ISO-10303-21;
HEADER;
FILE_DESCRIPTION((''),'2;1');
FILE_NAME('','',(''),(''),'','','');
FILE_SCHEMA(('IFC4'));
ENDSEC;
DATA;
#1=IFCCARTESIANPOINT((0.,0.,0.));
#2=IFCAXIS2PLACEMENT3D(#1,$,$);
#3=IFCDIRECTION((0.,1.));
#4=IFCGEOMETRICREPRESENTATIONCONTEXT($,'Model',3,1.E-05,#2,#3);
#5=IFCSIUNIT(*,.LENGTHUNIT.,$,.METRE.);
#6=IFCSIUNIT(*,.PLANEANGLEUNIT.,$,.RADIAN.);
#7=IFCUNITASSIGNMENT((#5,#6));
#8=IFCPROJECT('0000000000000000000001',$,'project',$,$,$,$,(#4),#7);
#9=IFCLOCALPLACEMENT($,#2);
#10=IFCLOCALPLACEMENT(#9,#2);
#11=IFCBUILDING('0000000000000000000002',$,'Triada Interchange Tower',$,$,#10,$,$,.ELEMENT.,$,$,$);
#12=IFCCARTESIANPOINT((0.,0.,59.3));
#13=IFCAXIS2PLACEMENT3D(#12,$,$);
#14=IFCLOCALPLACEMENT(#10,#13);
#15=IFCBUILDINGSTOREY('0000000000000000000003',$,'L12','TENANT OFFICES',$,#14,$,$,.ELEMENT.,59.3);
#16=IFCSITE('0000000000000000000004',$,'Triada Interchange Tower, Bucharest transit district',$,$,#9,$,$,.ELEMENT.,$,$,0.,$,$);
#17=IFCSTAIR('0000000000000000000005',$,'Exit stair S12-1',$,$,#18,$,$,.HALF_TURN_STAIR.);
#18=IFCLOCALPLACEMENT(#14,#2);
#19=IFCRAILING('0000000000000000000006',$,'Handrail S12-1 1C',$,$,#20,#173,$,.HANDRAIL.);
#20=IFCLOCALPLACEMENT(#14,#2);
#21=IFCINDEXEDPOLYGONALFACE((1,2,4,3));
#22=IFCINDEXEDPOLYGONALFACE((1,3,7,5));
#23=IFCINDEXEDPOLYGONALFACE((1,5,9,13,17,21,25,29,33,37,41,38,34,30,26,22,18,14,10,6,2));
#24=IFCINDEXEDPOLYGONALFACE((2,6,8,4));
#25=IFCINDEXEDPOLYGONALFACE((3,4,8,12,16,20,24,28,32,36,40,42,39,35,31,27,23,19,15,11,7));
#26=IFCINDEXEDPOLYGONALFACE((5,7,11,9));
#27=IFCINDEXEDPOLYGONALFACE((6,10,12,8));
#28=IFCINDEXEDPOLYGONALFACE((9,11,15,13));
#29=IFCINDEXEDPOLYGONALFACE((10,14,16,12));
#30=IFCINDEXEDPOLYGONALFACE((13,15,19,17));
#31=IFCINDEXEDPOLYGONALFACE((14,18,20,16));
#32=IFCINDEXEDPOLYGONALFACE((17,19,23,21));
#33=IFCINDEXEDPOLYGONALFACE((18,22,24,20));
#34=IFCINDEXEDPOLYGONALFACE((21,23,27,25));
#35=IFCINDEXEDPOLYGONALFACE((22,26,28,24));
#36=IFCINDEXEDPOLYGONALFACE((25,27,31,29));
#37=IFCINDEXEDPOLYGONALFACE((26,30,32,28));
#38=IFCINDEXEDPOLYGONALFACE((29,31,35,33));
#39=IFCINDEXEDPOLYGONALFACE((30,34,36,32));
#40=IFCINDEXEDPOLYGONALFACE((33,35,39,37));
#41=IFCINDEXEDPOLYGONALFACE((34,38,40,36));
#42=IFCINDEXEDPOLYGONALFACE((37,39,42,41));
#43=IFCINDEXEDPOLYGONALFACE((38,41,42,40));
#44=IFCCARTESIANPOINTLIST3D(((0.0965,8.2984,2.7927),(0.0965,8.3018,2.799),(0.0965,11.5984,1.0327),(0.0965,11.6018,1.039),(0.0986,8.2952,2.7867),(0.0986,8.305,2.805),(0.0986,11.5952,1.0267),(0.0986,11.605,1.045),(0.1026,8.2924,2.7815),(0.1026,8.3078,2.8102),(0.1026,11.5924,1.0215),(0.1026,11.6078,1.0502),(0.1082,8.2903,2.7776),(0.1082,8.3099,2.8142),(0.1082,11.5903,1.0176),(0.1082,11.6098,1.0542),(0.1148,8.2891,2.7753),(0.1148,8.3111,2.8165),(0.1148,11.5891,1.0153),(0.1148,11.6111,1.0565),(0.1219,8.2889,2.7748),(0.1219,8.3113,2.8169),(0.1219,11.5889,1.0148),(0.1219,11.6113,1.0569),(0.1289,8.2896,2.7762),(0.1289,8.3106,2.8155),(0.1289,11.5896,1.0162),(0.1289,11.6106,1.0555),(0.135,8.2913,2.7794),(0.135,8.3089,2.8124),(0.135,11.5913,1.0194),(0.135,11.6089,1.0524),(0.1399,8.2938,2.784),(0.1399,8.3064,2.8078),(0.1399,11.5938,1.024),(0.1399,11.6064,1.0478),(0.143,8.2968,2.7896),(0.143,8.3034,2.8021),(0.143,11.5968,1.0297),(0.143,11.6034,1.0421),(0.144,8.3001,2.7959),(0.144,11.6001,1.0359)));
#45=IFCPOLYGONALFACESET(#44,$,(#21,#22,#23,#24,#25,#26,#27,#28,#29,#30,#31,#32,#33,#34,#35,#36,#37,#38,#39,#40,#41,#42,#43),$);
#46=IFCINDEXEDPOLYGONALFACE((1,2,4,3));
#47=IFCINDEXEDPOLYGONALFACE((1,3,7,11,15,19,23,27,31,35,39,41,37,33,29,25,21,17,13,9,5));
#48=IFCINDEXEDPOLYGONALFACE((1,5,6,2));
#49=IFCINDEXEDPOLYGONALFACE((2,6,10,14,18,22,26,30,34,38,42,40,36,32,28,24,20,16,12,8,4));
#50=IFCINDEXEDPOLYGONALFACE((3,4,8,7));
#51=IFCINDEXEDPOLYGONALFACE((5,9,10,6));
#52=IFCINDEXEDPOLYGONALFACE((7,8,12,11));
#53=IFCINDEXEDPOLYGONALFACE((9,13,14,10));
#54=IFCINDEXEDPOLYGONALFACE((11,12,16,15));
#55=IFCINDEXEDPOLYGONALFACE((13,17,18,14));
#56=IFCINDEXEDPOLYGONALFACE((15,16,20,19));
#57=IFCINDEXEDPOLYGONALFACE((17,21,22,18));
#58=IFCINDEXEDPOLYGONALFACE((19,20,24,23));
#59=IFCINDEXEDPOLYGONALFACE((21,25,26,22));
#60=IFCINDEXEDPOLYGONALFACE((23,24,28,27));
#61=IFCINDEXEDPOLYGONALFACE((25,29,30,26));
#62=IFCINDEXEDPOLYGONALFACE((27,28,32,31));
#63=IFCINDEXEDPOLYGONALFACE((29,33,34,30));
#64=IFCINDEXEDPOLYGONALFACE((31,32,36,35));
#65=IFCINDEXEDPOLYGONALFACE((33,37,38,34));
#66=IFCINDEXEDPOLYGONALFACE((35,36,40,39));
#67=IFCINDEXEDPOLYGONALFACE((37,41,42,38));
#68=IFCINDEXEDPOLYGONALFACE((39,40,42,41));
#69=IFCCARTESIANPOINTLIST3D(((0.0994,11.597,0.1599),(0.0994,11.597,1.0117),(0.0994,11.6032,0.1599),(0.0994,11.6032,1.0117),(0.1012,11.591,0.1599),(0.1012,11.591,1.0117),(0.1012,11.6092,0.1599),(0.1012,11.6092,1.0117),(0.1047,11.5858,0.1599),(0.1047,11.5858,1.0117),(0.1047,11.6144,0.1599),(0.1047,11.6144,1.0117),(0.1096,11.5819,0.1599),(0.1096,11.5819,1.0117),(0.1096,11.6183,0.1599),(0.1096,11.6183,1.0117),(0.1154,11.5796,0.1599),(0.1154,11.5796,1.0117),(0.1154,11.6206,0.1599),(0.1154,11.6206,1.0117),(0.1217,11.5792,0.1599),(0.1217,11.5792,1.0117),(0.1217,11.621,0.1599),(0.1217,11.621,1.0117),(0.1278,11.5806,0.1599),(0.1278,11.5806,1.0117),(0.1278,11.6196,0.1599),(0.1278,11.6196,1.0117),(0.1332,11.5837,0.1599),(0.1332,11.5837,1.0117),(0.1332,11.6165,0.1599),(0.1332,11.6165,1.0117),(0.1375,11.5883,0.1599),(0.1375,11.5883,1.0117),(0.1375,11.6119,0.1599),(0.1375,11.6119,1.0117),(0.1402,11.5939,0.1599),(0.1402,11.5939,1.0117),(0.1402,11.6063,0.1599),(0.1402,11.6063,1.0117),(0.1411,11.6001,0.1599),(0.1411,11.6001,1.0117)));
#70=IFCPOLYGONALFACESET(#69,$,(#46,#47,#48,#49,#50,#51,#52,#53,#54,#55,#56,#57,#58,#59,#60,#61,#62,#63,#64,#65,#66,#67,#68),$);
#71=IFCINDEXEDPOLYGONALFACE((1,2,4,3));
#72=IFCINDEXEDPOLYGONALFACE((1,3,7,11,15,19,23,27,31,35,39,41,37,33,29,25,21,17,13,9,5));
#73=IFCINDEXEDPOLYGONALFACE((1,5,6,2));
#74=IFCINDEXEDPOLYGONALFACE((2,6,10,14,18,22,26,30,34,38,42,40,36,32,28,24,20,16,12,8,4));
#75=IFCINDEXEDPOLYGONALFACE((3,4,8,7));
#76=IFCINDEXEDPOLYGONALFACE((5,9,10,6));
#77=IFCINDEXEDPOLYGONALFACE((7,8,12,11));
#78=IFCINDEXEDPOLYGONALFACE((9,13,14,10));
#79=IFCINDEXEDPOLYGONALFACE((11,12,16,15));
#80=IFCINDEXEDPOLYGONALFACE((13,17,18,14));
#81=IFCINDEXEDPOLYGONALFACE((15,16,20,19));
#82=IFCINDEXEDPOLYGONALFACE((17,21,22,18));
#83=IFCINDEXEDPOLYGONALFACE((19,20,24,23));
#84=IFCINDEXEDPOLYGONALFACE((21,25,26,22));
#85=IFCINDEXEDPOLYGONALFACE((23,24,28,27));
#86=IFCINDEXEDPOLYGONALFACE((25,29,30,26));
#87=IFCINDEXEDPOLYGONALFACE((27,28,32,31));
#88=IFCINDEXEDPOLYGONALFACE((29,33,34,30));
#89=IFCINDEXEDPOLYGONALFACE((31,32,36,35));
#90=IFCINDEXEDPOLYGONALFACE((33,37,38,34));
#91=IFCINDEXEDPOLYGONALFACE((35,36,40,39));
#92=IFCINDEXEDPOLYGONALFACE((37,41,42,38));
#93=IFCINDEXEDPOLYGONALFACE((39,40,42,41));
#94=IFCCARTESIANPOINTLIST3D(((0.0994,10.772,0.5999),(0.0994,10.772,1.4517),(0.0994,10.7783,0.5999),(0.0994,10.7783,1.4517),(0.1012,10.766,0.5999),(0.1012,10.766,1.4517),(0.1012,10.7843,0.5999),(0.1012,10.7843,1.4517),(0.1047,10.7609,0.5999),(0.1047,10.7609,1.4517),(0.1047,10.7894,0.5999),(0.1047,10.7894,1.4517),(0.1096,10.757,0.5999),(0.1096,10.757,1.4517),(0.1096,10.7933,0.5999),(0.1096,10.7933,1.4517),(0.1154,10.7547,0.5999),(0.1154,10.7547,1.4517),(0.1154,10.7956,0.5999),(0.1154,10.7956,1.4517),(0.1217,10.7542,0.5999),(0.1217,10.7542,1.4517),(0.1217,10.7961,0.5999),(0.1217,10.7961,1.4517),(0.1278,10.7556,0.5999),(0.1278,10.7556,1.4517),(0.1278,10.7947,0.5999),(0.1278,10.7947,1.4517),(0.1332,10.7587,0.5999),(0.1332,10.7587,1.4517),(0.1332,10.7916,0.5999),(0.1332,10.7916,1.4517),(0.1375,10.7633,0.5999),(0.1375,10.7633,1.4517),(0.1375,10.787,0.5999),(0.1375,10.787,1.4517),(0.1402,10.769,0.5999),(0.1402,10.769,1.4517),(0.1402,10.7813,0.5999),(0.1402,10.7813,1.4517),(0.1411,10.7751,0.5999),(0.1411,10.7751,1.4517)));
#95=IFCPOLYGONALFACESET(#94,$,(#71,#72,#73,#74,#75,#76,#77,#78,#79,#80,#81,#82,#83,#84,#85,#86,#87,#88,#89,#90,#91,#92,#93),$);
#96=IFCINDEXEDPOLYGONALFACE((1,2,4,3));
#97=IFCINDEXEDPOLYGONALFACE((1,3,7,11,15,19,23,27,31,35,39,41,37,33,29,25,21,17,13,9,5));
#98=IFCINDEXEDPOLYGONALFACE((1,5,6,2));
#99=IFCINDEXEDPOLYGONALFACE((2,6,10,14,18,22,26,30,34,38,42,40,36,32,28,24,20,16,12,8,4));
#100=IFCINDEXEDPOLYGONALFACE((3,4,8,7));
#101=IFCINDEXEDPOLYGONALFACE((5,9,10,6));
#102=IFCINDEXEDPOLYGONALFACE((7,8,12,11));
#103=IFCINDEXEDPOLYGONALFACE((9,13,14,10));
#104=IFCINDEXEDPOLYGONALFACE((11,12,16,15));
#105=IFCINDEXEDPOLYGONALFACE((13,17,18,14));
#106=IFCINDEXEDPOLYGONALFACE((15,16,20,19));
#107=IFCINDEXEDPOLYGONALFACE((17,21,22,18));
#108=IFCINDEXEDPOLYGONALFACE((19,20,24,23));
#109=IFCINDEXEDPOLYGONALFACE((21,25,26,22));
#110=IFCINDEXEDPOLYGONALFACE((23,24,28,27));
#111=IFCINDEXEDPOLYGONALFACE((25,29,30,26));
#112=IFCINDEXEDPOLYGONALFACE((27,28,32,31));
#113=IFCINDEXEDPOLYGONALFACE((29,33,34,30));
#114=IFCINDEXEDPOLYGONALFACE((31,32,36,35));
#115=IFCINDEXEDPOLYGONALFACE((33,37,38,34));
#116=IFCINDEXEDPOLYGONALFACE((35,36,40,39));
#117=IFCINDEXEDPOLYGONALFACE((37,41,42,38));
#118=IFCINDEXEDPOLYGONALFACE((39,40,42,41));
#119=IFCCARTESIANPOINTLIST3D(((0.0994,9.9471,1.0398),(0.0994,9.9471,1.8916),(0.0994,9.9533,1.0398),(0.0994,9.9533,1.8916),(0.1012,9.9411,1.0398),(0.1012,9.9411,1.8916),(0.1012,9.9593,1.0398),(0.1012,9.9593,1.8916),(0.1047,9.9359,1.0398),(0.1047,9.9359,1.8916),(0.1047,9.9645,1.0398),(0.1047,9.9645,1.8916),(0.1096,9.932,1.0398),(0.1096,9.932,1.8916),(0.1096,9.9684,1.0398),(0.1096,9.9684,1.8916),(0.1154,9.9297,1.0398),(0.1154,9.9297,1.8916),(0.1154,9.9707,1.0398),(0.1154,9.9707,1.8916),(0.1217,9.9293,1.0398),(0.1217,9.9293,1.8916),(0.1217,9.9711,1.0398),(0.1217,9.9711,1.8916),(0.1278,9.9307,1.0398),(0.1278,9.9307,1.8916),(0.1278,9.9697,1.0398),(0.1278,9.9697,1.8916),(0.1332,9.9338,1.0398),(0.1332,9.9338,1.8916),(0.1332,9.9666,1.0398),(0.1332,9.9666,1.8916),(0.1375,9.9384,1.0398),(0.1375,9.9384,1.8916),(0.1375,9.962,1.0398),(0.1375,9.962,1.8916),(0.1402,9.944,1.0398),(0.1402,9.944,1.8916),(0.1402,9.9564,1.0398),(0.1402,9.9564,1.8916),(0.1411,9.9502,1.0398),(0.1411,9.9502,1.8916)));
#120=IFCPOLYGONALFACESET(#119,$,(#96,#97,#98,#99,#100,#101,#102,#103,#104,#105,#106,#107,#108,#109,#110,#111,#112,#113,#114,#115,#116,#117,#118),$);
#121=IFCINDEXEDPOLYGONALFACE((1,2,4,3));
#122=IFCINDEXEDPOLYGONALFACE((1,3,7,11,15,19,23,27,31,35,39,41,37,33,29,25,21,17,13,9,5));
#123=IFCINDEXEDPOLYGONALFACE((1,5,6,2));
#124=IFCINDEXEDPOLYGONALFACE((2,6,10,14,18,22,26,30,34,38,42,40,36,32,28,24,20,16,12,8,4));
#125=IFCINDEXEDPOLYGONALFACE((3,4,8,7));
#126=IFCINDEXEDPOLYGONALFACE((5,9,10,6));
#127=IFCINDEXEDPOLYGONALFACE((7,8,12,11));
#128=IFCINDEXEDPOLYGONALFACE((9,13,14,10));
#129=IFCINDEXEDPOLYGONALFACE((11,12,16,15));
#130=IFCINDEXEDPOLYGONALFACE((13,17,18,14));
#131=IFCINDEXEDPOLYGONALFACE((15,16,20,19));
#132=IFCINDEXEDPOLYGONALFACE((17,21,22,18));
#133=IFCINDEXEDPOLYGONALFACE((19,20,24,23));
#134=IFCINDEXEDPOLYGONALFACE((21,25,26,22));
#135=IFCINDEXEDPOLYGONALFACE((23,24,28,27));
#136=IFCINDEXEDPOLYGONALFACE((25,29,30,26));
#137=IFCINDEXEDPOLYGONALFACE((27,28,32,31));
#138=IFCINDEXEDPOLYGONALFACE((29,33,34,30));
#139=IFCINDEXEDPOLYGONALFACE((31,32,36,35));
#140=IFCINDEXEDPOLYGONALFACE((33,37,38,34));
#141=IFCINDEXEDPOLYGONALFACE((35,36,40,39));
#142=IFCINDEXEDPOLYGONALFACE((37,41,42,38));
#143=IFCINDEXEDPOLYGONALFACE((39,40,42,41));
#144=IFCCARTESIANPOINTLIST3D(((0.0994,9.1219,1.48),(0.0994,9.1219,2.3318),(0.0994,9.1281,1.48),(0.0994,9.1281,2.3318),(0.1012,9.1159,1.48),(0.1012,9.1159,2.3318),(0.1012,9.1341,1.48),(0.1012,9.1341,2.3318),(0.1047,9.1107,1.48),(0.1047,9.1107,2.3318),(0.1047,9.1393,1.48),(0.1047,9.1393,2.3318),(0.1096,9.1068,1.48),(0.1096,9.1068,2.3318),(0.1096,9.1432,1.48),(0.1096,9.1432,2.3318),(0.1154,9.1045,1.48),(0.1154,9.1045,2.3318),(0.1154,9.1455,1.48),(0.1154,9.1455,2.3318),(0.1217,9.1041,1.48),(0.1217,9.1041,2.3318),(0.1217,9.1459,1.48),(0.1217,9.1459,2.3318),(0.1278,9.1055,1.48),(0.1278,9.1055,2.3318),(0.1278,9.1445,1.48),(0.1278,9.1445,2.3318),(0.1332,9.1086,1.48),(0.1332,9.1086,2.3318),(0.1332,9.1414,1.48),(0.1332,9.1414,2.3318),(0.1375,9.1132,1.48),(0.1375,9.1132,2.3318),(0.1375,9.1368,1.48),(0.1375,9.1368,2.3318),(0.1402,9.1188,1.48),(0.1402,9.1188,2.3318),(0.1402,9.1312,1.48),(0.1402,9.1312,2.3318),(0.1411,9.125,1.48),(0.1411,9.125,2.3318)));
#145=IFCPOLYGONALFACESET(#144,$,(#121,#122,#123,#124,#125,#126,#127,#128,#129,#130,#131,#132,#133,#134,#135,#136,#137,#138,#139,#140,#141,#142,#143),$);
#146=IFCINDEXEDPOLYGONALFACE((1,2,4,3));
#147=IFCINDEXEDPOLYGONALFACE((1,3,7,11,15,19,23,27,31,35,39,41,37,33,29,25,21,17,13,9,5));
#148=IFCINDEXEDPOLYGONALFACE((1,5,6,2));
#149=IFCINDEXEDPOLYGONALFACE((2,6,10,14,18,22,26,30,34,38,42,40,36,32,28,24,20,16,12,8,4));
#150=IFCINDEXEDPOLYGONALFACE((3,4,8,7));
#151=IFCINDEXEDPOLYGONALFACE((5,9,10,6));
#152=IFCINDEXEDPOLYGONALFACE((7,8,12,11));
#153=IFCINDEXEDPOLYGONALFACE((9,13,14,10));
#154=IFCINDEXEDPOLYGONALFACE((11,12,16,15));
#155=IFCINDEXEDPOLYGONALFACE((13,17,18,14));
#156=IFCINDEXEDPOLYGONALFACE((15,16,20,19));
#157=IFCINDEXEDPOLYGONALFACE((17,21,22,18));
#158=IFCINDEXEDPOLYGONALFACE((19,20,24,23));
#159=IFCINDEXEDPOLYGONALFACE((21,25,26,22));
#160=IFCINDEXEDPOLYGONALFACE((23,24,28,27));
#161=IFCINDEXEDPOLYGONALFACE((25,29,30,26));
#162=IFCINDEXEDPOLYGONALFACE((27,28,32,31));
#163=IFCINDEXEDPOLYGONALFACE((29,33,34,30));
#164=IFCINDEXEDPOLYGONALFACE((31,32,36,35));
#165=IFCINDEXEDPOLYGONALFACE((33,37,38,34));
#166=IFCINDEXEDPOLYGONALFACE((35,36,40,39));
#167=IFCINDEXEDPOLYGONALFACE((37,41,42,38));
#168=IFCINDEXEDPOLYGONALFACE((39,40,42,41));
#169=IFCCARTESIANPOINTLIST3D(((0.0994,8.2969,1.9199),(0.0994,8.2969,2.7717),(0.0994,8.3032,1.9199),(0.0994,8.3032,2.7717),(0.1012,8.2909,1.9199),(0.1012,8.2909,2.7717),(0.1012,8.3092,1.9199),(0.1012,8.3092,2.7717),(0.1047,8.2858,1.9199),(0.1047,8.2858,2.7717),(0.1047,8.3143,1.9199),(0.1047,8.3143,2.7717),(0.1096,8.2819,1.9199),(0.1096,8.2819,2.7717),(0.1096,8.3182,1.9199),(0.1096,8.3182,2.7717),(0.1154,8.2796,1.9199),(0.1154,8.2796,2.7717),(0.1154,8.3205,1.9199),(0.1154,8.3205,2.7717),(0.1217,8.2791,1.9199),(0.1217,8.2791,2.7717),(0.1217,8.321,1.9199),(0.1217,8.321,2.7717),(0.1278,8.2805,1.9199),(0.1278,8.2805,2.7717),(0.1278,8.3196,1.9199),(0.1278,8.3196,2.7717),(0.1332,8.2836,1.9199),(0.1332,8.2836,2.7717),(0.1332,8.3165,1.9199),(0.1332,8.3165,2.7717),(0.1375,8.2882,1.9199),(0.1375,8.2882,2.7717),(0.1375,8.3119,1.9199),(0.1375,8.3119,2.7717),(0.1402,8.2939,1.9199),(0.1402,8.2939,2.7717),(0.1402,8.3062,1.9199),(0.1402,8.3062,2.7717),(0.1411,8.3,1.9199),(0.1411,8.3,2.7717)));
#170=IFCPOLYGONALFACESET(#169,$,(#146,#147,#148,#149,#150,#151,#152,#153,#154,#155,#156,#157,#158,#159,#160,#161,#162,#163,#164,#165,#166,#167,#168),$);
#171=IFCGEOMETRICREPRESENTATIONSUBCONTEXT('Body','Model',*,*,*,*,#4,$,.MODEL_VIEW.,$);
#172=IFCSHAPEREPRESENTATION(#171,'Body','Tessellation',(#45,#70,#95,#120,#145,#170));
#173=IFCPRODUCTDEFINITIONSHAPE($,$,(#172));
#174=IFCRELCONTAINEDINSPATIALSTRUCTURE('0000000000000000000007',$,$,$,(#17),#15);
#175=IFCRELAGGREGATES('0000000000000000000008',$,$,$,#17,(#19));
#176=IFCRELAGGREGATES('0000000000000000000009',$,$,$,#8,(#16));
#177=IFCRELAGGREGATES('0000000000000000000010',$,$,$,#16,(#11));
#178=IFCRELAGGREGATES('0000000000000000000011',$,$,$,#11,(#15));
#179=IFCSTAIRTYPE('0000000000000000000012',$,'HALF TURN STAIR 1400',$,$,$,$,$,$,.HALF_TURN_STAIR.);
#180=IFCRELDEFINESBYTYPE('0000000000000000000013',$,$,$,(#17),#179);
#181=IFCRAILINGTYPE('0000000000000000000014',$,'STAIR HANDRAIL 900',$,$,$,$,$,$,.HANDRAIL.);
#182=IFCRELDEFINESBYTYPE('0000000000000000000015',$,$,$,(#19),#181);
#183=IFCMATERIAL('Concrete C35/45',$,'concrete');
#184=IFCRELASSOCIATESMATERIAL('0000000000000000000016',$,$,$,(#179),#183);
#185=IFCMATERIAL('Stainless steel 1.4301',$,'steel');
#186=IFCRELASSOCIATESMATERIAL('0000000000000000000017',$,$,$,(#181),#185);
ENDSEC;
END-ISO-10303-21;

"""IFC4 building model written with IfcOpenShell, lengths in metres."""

from ifc_helpers import new_model, si_unit, direction, frame, origin, origin_2d, place, context, subcontext, project, spatial, circle, extrude, material, type_object, element, aggregate, save


model = new_model("IFC4")

# Units and contexts
model_context = context("Model", 3, precision=1e-05, world=origin(), true_north=direction((0.0, 1.0)))
body_context = subcontext(model_context, "Body", "Model", "MODEL_VIEW")
ifc_project = project(units=[si_unit("LENGTHUNIT", "METRE"), si_unit("PLANEANGLEUNIT", "RADIAN")], contexts=[model_context])

# Site, building, storey
site_placement = place(None, origin())
site = spatial("IfcSite", under=ifc_project, at=site_placement, Name="Triada Interchange Tower, Bucharest transit district", CompositionType="ELEMENT", RefElevation=0.0)
building_placement = place(site_placement, origin())
building = spatial("IfcBuilding", under=site, at=building_placement, Name="Triada Interchange Tower", CompositionType="ELEMENT")
storey_placement = place(building_placement, frame((0.0, 0.0, 59.3)))
storey = spatial("IfcBuildingStorey", under=building, at=storey_placement, Name="L12", Description="TENANT OFFICES", CompositionType="ELEMENT", Elevation=59.3)

# Stair
ifc_material_1 = material(Name="Concrete C35/45", Category="concrete")
stair_type = type_object("IfcStairType", Name="HALF TURN STAIR 1400", PredefinedType="HALF_TURN_STAIR", material=ifc_material_1)
stair_1_placement = place(storey_placement, origin())
stair_1 = element("IfcStair", 1, at=stair_1_placement, inside=storey, type_object=stair_type, Name="Exit stair S12-1", PredefinedType="HALF_TURN_STAIR")

# Railing
ifc_material_2 = material(Name="Stainless steel 1.4301", Category="steel")
railing_type = type_object("IfcRailingType", Name="STAIR HANDRAIL 900", PredefinedType="HANDRAIL", material=ifc_material_2)
railing_1_placement = place(storey_placement, frame((0.1201, 11.6001, 0.1599)))
railing_1 = element("IfcRailing", 2, at=railing_1_placement, type_object=railing_type, Name="Handrail S12-1 1C", PredefinedType="HANDRAIL", context=body_context, shape_type="SweptSolid", body=[
    extrude(circle(Radius=0.0239, at=origin_2d()), frame((0.0, 0.0, 0.876), z_axis=(0.0, -0.882355, 0.470585), x_axis=(1.0, 0.0, 0.0)), (0.0, 0.0, 1.0), 3.74),
    extrude(circle(Radius=0.021, at=origin_2d()), origin(), (0.0, 0.0, 1.0), 0.8518),
    extrude(circle(Radius=0.021, at=origin_2d()), frame((0.0, -0.825, 0.4399)), (0.0, 0.0, 1.0), 0.8518),
    extrude(circle(Radius=0.021, at=origin_2d()), frame((0.0, -1.6499, 0.8799)), (0.0, 0.0, 1.0), 0.8518),
    extrude(circle(Radius=0.021, at=origin_2d()), frame((0.0, -2.4751, 1.3201)), (0.0, 0.0, 1.0), 0.8518),
    extrude(circle(Radius=0.021, at=origin_2d()), frame((0.0, -3.3, 1.76)), (0.0, 0.0, 1.0), 0.8518),
])
aggregate(stair_1, [railing_1])

save(model, "model.ifc")
